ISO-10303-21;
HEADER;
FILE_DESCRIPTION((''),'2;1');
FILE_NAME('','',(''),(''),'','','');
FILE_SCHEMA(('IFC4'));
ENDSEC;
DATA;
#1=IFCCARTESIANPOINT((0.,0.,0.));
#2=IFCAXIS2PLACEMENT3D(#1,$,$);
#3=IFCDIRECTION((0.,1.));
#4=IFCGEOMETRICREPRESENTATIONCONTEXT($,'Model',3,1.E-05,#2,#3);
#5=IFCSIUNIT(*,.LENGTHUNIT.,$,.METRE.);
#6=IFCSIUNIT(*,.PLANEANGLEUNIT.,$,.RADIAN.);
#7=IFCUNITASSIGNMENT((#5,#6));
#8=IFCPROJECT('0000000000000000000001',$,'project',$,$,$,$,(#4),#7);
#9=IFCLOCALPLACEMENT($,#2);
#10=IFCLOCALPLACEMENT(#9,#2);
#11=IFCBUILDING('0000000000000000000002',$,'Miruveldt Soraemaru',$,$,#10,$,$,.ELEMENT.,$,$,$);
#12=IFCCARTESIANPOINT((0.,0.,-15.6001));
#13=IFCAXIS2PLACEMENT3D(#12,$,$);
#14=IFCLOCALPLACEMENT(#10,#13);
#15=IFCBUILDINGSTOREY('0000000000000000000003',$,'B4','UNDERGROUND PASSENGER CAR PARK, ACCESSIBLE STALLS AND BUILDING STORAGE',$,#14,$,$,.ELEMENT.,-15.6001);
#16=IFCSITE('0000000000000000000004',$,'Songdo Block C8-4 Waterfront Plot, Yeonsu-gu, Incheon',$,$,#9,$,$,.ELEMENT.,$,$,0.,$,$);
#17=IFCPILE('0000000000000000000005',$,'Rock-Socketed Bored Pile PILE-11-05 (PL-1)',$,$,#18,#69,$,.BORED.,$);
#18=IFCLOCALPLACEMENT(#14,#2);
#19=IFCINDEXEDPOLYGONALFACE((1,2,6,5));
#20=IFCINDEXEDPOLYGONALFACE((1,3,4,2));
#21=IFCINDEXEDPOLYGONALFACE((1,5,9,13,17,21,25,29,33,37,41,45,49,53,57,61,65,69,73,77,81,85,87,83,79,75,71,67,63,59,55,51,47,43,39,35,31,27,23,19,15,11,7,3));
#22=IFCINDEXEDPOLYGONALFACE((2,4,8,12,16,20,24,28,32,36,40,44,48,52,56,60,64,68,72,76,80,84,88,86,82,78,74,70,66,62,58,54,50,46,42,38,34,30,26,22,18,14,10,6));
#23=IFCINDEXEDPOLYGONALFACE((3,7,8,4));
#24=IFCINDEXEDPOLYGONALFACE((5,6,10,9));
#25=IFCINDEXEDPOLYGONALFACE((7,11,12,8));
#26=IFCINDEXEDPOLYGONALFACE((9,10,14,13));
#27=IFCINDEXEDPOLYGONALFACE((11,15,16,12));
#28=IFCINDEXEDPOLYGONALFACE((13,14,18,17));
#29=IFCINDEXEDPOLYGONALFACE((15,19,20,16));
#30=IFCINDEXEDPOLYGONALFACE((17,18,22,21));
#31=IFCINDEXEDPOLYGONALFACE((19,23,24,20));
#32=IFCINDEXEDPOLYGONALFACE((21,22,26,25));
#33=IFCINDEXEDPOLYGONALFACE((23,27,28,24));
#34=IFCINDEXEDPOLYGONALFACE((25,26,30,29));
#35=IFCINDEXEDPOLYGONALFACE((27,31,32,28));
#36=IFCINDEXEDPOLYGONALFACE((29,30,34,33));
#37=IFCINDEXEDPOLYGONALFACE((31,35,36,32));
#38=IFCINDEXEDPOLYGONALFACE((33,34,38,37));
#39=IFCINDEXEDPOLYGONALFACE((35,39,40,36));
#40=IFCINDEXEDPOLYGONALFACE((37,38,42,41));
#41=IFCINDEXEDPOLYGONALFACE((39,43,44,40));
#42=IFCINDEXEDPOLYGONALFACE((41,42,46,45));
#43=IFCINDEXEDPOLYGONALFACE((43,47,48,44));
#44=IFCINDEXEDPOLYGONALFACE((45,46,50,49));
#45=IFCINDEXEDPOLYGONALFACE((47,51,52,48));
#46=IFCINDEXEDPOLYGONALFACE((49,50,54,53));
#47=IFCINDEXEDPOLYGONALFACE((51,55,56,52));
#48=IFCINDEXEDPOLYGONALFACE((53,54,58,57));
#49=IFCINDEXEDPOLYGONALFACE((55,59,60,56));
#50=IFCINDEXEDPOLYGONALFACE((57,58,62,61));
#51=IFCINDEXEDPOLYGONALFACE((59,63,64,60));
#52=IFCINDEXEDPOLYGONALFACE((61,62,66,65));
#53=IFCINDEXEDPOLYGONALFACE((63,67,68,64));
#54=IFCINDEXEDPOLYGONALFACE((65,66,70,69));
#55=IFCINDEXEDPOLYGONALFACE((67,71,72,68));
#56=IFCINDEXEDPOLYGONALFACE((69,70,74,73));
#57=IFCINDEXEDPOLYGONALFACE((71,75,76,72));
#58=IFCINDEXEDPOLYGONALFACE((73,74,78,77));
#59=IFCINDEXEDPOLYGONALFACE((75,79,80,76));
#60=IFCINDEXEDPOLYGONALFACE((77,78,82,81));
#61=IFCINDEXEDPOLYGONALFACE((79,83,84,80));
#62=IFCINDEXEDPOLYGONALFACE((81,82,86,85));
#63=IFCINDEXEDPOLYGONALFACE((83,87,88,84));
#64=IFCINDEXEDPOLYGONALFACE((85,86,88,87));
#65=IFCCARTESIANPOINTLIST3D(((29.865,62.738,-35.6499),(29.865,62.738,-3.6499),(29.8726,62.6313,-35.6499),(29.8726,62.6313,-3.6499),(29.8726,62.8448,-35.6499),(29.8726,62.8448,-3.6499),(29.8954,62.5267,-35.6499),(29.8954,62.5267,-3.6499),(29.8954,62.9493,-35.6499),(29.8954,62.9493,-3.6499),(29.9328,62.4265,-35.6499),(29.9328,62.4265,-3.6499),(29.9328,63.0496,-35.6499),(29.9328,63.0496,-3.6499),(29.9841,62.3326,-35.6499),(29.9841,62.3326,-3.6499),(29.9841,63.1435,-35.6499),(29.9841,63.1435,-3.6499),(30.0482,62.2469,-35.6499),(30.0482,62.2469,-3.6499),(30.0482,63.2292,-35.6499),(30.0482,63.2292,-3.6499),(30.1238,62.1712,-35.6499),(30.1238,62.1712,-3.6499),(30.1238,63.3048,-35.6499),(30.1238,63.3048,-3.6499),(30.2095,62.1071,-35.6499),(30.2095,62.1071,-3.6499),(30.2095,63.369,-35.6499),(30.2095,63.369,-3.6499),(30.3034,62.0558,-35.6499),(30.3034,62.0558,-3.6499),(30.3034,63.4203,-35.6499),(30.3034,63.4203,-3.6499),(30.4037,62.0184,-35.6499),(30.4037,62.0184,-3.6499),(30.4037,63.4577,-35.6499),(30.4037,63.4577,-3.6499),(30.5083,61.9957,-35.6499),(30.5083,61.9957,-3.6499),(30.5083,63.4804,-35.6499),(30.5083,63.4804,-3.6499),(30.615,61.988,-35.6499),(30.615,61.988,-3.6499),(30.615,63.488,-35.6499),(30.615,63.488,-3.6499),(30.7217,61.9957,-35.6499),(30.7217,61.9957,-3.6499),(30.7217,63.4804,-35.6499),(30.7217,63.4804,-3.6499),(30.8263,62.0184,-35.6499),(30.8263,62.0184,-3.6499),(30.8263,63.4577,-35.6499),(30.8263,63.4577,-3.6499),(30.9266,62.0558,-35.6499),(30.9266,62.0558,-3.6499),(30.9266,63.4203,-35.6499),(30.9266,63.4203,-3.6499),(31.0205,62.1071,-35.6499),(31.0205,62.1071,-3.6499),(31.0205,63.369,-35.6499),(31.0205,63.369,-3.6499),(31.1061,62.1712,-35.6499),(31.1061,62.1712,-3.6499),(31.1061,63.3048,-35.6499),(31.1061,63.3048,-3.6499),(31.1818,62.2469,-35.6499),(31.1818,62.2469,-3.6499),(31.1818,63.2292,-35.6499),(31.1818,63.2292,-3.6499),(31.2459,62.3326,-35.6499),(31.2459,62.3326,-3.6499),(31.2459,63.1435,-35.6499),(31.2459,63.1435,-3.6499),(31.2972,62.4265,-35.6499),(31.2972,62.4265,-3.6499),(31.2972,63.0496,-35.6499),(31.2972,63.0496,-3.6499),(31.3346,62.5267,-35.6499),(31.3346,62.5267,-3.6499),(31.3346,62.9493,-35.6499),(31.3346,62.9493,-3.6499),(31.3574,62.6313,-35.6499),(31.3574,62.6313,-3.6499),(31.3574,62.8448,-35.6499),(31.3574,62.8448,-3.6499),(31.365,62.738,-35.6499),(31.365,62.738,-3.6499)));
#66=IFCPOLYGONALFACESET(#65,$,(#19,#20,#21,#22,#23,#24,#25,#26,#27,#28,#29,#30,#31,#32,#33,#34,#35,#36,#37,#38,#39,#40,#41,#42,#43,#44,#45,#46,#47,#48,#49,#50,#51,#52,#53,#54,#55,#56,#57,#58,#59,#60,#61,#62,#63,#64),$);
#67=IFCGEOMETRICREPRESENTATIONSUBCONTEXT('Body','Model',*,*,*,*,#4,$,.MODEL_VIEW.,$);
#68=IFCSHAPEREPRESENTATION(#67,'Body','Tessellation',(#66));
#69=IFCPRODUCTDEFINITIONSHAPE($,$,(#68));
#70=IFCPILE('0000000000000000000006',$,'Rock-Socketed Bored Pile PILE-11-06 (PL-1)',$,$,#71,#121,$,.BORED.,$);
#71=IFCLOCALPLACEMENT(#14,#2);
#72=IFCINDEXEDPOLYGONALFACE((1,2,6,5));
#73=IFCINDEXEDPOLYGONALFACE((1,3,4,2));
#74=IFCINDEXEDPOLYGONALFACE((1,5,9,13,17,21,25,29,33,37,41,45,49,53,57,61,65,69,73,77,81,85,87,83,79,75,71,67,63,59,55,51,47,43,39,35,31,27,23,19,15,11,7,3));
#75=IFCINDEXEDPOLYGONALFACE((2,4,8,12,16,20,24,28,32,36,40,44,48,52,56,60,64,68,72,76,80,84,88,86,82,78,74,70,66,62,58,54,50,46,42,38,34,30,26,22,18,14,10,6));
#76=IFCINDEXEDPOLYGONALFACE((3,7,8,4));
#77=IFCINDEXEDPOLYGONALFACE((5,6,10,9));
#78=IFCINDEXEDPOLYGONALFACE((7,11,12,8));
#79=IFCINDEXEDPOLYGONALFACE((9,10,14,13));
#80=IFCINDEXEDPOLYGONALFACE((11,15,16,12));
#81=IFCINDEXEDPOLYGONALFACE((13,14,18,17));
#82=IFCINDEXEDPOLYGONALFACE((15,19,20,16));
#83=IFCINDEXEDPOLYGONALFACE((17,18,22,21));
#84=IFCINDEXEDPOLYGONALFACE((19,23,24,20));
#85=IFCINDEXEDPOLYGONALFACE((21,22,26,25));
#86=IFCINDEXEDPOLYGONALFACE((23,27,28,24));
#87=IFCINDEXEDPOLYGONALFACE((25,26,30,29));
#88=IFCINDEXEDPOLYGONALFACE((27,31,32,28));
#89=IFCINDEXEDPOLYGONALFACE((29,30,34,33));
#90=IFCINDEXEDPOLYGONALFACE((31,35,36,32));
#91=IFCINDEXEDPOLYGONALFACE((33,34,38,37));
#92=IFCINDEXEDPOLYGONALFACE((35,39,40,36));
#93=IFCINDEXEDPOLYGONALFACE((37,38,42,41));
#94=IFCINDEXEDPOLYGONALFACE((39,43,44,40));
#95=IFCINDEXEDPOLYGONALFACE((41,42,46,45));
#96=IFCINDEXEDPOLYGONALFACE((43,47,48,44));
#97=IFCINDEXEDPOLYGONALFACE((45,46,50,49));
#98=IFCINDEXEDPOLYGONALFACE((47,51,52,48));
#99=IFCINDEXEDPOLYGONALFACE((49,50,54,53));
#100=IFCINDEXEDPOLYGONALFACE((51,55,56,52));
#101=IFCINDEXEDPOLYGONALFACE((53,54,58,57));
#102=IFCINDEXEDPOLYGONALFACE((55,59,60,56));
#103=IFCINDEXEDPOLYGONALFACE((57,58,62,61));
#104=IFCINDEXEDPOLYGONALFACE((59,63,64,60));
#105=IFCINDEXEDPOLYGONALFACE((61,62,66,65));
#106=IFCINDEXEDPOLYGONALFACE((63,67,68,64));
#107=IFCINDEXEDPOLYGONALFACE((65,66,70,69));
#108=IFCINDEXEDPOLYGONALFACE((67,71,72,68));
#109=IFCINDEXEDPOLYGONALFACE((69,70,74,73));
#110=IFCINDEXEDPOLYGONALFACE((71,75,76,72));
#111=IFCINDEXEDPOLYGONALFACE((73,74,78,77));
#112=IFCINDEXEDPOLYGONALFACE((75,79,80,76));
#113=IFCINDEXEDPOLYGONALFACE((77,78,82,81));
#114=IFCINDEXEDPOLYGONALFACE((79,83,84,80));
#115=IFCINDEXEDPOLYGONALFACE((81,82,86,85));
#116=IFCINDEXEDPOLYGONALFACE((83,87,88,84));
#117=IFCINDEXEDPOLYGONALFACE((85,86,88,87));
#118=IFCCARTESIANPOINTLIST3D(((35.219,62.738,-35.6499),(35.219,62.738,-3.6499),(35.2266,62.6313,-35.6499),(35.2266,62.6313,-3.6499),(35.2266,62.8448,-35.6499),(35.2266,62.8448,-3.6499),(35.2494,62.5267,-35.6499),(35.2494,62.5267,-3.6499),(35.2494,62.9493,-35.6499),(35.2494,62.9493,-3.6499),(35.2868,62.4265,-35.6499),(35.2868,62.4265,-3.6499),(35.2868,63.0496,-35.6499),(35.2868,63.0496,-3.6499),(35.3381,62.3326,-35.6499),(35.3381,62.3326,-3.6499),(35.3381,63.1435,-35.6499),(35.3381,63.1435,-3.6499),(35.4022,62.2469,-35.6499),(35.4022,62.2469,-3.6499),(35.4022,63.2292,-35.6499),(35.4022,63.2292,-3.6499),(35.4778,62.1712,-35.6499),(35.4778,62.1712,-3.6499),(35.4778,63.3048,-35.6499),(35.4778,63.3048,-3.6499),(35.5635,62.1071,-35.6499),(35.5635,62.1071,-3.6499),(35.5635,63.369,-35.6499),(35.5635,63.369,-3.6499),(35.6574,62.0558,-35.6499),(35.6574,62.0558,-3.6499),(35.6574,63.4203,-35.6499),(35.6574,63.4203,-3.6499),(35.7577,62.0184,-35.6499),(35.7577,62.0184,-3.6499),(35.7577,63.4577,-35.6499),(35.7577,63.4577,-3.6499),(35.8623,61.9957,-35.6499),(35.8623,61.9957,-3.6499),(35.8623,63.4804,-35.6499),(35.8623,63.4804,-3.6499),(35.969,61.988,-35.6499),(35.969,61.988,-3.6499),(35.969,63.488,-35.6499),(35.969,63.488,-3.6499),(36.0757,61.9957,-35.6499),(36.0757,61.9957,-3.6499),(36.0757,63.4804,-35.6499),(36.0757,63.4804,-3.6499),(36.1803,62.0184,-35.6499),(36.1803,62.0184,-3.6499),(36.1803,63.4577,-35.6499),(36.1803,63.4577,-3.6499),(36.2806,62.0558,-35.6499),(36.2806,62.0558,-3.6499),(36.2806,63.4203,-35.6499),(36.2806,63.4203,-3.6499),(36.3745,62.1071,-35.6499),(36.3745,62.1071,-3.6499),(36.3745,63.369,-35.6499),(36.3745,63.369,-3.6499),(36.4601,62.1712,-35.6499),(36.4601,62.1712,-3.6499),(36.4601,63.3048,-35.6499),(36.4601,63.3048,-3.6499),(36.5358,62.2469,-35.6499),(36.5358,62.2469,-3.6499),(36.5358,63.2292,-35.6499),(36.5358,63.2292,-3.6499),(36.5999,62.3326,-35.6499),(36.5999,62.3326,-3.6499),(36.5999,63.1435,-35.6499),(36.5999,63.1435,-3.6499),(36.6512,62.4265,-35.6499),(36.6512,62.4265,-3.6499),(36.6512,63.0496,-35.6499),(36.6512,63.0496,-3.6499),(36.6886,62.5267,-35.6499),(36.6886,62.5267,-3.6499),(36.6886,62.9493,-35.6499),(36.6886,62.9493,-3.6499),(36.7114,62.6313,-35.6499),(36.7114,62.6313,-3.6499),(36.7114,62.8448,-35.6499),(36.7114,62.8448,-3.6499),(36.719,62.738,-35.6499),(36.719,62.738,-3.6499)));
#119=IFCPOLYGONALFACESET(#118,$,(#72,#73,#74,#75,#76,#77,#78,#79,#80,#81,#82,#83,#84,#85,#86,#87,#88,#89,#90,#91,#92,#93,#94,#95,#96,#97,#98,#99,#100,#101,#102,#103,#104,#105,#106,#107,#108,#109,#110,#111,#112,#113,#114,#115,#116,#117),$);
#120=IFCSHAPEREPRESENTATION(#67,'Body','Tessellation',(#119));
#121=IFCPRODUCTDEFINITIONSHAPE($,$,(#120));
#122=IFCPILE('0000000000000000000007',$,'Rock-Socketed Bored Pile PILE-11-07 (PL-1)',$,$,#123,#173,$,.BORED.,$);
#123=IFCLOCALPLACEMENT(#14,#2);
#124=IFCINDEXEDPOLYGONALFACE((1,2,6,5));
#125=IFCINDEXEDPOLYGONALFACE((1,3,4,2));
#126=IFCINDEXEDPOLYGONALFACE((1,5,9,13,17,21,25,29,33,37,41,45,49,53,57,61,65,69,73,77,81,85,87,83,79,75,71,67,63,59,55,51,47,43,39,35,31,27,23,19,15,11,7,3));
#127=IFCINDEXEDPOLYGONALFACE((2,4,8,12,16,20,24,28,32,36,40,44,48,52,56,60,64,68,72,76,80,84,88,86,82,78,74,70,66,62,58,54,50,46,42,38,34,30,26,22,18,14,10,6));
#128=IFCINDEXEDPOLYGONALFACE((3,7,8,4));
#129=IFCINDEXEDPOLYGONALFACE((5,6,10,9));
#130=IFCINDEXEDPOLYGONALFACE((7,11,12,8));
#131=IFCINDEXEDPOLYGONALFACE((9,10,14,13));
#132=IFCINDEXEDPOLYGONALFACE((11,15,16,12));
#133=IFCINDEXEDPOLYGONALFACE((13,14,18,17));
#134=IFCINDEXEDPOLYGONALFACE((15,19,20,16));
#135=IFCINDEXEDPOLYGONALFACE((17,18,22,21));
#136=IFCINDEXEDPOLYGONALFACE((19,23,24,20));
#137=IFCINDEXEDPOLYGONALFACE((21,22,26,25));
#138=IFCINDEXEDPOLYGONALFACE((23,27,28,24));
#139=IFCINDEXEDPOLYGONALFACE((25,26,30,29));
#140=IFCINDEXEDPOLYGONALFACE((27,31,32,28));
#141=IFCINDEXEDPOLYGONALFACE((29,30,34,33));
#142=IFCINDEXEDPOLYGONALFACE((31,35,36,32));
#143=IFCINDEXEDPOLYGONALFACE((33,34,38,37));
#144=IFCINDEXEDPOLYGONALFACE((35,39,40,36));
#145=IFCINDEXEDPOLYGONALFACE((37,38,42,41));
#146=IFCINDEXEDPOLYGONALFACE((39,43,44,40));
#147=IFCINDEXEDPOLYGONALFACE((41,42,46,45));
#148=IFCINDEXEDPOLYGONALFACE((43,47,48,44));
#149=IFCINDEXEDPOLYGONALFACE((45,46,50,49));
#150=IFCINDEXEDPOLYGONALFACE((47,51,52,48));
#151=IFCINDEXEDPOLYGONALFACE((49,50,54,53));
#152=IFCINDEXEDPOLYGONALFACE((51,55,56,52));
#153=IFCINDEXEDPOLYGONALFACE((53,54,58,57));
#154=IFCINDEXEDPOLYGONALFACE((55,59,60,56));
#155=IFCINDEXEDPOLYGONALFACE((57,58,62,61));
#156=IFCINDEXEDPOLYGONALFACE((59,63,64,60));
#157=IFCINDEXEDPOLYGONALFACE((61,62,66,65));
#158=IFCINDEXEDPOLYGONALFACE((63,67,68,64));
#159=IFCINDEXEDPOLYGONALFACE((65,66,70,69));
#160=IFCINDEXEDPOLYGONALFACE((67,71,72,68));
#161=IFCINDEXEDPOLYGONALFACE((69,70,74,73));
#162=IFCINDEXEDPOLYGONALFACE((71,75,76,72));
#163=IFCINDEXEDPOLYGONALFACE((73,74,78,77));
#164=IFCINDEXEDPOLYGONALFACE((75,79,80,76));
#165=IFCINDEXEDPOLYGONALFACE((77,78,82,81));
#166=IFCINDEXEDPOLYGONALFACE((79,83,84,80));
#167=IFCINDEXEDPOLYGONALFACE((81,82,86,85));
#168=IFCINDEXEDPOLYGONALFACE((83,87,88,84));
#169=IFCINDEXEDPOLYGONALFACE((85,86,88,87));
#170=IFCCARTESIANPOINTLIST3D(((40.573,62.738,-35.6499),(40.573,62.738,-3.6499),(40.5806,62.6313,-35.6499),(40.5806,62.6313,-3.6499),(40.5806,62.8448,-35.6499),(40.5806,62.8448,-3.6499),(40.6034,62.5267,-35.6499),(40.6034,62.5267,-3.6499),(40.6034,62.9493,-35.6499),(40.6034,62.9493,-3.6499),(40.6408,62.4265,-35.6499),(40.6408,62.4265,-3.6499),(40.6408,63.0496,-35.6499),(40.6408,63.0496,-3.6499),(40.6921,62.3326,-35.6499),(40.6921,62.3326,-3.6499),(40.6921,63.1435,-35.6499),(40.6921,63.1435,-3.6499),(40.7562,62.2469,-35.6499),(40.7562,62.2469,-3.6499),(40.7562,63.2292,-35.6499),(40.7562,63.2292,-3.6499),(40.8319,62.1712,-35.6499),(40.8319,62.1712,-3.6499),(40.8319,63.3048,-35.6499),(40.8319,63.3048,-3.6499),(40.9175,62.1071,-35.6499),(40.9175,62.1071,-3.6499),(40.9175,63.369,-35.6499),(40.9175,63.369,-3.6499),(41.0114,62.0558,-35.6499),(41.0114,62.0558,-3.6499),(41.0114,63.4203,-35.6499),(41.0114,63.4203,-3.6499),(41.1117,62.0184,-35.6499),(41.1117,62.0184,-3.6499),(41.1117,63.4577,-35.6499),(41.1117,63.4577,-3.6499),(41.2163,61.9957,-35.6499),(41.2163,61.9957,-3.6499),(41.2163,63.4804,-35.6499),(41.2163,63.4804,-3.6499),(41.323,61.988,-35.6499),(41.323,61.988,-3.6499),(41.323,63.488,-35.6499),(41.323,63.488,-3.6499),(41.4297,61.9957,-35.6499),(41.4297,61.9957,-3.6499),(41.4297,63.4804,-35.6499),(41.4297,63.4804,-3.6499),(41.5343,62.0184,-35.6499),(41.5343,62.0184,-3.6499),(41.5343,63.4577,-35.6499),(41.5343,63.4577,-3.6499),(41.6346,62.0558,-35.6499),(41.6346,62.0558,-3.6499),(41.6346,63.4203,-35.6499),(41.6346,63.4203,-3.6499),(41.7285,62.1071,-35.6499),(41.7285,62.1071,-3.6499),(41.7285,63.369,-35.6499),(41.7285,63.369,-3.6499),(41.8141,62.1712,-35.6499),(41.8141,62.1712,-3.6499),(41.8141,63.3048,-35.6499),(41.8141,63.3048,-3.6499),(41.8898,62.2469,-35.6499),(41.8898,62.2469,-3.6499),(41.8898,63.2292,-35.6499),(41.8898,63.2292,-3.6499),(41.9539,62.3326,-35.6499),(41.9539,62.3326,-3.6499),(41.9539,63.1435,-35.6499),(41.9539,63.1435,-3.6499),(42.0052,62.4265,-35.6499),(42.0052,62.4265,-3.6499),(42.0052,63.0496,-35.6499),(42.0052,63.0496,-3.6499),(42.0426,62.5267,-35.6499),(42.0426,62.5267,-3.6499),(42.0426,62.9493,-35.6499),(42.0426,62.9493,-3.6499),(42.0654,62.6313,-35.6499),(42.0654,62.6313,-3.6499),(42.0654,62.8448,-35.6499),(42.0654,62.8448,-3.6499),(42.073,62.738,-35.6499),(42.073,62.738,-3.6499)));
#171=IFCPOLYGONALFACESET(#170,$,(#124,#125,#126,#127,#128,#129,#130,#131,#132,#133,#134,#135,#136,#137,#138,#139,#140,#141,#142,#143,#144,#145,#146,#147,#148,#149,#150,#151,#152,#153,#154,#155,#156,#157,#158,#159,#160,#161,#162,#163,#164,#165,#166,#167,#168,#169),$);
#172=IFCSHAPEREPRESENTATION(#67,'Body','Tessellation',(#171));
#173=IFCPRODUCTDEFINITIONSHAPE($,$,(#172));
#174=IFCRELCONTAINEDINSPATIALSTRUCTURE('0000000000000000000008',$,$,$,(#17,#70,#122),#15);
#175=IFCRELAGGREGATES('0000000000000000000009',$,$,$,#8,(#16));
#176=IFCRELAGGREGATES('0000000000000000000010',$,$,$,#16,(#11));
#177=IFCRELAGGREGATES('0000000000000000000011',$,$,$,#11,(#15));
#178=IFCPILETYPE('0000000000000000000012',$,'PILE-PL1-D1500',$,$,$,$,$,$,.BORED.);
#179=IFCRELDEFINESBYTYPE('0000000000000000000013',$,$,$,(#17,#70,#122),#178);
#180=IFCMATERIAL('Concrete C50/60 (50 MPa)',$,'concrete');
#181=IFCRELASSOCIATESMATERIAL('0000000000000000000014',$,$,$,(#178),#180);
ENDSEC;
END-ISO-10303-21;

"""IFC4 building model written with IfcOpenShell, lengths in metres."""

from ifc_helpers import new_model, si_unit, direction, frame, origin, origin_2d, place, context, subcontext, project, spatial, circle, extrude, material, material_profile, profile_set, type_object, element, save


model = new_model("IFC4")

# Units and contexts
model_context = context("Model", 3, precision=1e-05, world=origin(), true_north=direction((0.0, 1.0)))
body_context = subcontext(model_context, "Body", "Model", "MODEL_VIEW")
ifc_project = project(units=[si_unit("LENGTHUNIT", "METRE"), si_unit("PLANEANGLEUNIT", "RADIAN")], contexts=[model_context])

# Site, building, storey
site_placement = place(None, origin())
site = spatial("IfcSite", under=ifc_project, at=site_placement, Name="Songdo Block C8-4 Waterfront Plot, Yeonsu-gu, Incheon", CompositionType="ELEMENT", RefElevation=0.0)
building_placement = place(site_placement, origin())
building = spatial("IfcBuilding", under=site, at=building_placement, Name="Miruveldt Soraemaru", CompositionType="ELEMENT")
storey_placement = place(building_placement, frame((0.0, 0.0, -15.6001)))
storey = spatial("IfcBuildingStorey", under=building, at=storey_placement, Name="B4", Description="UNDERGROUND PASSENGER CAR PARK, ACCESSIBLE STALLS AND BUILDING STORAGE", CompositionType="ELEMENT", Elevation=-15.6001)

# Piles
ifc_material_1 = material(Name="Concrete C50/60 (50 MPa)", Category="concrete")
ifc_material_profile_1 = material_profile(ifc_material_1, circle(Radius=0.75, at=origin_2d()), Name="Concrete C50/60 (50 MPa)", Category="concrete")
ifc_profile_set_1 = profile_set([ifc_material_profile_1], Name="Concrete C50/60 (50 MPa)")
pile_type_1 = type_object("IfcPileType", Name="PILE-PL1-D1500", PredefinedType="BORED", material=ifc_profile_set_1)
for number, where, z_axis, x_axis, name in (
    (1, (30.615, 62.738, -3.6499), (0.0, 0.0, -1.0), (1.0, 0.0, 0.0), "Rock-Socketed Bored Pile PILE-11-05 (PL-1)"),
    (2, (35.969, 62.738, -3.6499), (0.0, 0.0, -1.0), (1.0, 0.0, 0.0), "Rock-Socketed Bored Pile PILE-11-06 (PL-1)"),
    (3, (41.323, 62.738, -3.6499), (0.0, 0.0, -1.0), (1.0, 0.0, 0.0), "Rock-Socketed Bored Pile PILE-11-07 (PL-1)"),
):
    element("IfcPile", number, at=place(storey_placement, frame(where, z_axis=z_axis, x_axis=x_axis)), inside=storey, type_object=pile_type_1, Name=name, PredefinedType="BORED", context=body_context, shape_type="SweptSolid", body=[
        extrude(circle(Radius=0.75, at=origin_2d()), origin(), (0.0, 0.0, 1.0), 32.0),
    ])

save(model, "model.ifc")
